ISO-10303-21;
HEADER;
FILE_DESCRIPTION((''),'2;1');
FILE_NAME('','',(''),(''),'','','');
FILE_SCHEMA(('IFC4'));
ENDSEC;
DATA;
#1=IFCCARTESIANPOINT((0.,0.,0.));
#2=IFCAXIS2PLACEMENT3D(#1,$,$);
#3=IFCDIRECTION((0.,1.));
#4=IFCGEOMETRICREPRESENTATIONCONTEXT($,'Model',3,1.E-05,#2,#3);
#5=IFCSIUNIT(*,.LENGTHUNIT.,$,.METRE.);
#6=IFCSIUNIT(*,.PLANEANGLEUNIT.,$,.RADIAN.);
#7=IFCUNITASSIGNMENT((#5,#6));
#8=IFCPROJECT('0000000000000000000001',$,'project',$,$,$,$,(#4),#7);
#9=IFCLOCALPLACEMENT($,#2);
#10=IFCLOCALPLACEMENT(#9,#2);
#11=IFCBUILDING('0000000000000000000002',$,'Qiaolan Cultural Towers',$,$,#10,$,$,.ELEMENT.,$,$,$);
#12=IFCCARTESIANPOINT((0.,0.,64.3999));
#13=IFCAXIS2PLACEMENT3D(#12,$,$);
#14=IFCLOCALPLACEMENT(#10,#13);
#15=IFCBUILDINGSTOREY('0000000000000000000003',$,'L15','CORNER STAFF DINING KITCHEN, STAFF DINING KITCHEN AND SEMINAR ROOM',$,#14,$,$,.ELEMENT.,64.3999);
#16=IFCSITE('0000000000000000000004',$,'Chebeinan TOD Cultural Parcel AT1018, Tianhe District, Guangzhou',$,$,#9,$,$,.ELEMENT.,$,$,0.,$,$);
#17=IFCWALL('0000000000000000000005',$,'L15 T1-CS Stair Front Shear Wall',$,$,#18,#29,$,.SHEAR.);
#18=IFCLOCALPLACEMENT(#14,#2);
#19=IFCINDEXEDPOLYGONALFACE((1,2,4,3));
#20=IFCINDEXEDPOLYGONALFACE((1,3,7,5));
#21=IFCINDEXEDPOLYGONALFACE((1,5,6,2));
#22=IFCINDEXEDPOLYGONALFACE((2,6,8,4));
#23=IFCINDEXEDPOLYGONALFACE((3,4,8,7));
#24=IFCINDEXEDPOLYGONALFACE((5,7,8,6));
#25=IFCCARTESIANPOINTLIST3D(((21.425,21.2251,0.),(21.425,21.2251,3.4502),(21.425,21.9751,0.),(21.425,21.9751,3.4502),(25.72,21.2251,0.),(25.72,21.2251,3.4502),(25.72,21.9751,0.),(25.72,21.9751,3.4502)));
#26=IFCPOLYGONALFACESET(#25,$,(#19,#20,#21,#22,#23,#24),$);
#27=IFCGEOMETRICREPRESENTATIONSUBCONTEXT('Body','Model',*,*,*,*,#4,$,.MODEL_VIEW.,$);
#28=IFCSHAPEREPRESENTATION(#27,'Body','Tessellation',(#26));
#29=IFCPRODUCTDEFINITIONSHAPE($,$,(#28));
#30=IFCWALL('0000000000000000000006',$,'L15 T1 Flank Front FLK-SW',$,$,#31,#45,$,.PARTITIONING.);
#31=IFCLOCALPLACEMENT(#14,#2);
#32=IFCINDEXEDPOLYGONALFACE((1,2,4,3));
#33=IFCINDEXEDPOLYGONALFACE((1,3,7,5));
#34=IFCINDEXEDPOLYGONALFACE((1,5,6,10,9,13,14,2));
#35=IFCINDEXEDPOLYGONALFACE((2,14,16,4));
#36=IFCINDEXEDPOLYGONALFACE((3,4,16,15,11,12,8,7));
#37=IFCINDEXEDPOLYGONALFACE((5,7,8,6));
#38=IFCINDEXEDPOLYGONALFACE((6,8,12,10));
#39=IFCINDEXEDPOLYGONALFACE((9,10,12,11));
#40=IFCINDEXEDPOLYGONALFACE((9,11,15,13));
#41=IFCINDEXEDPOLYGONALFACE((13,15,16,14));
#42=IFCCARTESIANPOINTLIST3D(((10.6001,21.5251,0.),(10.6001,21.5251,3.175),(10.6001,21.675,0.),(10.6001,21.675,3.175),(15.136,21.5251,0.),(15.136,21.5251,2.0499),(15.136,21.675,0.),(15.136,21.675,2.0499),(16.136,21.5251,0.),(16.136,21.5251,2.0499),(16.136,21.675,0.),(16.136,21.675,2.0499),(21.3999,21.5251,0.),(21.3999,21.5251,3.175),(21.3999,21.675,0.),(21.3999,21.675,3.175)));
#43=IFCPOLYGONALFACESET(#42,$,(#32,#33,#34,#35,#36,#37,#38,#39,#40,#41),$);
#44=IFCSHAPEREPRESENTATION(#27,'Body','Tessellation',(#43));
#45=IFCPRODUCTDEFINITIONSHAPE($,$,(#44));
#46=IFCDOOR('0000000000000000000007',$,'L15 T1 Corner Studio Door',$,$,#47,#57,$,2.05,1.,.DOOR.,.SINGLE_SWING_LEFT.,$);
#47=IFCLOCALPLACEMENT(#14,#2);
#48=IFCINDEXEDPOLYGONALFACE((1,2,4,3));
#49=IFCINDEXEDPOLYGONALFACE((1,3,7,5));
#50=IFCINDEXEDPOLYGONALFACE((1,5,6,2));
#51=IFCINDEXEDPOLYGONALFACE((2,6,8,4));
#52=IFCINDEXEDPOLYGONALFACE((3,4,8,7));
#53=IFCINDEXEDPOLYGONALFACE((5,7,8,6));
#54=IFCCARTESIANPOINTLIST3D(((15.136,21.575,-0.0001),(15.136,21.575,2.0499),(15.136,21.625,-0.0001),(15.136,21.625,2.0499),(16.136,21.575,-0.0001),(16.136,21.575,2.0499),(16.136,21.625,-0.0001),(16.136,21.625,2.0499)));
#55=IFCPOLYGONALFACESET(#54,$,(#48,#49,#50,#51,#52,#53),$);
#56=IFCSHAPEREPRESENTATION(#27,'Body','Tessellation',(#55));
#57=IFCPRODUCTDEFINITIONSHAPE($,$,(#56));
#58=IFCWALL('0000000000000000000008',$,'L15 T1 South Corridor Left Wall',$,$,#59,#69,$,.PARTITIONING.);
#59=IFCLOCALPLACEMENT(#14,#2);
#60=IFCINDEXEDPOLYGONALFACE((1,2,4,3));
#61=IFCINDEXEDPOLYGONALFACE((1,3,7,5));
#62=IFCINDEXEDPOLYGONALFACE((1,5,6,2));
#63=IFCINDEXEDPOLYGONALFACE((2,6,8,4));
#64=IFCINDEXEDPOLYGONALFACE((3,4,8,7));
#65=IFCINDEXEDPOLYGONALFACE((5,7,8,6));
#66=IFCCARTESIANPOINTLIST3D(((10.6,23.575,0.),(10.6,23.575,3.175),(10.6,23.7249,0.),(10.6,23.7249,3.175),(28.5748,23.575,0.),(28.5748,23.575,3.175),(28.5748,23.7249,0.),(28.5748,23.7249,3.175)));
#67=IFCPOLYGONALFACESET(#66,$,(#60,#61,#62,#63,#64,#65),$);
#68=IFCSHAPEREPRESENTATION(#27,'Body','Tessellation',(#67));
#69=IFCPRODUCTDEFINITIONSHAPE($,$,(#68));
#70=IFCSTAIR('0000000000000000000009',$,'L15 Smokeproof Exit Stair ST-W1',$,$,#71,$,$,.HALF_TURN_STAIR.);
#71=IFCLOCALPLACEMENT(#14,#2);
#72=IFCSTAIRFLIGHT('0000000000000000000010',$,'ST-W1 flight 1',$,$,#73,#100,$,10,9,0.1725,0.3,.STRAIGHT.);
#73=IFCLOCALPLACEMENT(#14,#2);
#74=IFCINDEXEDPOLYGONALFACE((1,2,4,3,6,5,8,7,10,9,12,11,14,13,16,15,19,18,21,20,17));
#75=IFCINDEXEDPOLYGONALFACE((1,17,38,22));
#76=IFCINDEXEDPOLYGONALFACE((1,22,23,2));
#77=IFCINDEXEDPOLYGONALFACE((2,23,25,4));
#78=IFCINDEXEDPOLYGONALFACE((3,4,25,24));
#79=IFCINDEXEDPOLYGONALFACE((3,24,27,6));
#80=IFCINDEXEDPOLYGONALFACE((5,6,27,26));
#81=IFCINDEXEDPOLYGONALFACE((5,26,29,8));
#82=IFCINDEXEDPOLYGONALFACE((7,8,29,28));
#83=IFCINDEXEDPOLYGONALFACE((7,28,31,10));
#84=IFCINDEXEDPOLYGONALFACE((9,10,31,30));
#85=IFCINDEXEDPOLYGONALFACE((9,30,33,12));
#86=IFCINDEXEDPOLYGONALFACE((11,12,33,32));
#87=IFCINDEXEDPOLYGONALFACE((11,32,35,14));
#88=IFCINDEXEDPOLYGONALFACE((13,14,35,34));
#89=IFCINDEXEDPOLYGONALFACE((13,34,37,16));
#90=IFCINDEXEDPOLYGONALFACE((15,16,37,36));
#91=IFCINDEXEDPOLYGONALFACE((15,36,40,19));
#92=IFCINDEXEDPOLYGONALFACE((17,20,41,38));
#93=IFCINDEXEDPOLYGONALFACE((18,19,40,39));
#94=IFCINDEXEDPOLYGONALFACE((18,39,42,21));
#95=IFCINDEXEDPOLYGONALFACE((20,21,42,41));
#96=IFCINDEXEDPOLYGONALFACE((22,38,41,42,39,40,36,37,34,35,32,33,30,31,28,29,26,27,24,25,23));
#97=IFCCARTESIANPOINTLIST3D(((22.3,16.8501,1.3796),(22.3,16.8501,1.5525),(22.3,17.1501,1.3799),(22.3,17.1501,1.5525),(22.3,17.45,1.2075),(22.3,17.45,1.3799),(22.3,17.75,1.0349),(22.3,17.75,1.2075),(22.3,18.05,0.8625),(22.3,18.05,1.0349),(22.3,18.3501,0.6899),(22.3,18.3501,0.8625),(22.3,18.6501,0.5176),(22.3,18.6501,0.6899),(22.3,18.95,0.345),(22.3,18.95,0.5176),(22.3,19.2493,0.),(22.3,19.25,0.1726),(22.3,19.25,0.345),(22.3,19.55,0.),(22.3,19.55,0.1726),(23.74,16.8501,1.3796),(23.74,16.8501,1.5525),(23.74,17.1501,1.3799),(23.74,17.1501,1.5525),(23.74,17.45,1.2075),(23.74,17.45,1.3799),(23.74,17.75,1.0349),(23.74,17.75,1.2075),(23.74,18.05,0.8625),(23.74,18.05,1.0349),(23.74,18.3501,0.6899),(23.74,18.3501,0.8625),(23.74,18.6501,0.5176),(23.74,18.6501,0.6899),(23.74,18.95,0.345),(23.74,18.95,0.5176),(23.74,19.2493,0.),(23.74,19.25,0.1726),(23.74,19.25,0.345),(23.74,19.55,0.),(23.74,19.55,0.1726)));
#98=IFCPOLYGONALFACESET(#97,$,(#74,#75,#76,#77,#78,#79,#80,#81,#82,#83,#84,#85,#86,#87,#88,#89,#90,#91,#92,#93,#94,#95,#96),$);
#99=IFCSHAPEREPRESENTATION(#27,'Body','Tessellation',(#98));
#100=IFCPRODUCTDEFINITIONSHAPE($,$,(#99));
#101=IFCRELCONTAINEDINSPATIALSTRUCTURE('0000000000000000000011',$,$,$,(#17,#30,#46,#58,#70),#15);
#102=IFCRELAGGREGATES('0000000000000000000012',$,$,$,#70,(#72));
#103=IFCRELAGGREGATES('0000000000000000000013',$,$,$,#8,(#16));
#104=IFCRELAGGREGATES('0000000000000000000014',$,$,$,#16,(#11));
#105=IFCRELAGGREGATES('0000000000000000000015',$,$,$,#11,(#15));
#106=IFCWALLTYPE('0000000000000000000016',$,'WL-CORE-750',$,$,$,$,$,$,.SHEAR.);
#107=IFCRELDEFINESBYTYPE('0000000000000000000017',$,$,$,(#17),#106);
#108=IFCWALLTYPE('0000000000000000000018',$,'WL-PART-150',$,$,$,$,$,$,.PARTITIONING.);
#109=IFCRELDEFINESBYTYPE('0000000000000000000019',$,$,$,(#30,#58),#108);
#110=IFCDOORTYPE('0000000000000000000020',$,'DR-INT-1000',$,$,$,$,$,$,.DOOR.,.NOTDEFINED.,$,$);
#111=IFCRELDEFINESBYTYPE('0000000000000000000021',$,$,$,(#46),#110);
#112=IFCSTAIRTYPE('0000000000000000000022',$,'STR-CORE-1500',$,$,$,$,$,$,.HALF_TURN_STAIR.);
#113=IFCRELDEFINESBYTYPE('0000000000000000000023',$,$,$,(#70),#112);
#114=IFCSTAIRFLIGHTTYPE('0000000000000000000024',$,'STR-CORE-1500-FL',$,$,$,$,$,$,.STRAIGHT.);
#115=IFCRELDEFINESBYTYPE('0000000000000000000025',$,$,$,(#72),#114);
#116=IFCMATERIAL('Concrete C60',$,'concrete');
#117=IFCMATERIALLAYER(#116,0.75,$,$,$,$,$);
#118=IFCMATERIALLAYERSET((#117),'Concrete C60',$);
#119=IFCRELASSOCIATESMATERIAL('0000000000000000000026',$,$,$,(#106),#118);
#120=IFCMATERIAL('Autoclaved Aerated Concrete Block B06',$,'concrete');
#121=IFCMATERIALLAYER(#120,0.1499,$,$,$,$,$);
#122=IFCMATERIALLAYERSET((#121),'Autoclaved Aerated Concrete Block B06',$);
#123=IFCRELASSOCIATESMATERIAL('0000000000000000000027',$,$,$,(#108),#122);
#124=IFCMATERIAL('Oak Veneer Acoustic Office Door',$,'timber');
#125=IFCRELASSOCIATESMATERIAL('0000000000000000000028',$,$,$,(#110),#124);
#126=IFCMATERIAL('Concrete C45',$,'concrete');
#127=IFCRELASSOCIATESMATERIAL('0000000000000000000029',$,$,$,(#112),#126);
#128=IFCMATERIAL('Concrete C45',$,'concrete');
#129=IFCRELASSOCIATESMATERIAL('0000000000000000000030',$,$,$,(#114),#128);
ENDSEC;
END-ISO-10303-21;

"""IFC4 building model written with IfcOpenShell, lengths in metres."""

from ifc_helpers import new_model, si_unit, direction, frame, frame_2d, origin, place, context, subcontext, project, spatial, polyline, rectangle, outline, extrude, material, layer, layer_set, type_object, element, fill, aggregate, save


model = new_model("IFC4")

# Units and contexts
model_context = context("Model", 3, precision=1e-05, world=origin(), true_north=direction((0.0, 1.0)))
body_context = subcontext(model_context, "Body", "Model", "MODEL_VIEW")
ifc_project = project(units=[si_unit("LENGTHUNIT", "METRE"), si_unit("PLANEANGLEUNIT", "RADIAN")], contexts=[model_context])

# Site, building, storey
site_placement = place(None, origin())
site = spatial("IfcSite", under=ifc_project, at=site_placement, Name="Chebeinan TOD Cultural Parcel AT1018, Tianhe District, Guangzhou", CompositionType="ELEMENT", RefElevation=0.0)
building_placement = place(site_placement, origin())
building = spatial("IfcBuilding", under=site, at=building_placement, Name="Qiaolan Cultural Towers", CompositionType="ELEMENT")
storey_placement = place(building_placement, frame((0.0, 0.0, 64.3999)))
storey = spatial("IfcBuildingStorey", under=building, at=storey_placement, Name="L15", Description="CORNER STAFF DINING KITCHEN, STAFF DINING KITCHEN AND SEMINAR ROOM", CompositionType="ELEMENT", Elevation=64.3999)

# Wall
ifc_material_1 = material(Name="Concrete C60", Category="concrete")
ifc_layer_1 = layer(ifc_material_1, 0.75)
ifc_layer_set_1 = layer_set([ifc_layer_1], Name="Concrete C60")
wall_type_1 = type_object("IfcWallType", Name="WL-CORE-750", PredefinedType="SHEAR", material=ifc_layer_set_1)
wall_1_placement = place(storey_placement, frame((21.425, 21.6001, 0.0), z_axis=(0.0, 0.0, 1.0), x_axis=(1.0, 0.0, 0.0)))
element("IfcWall", 1, at=wall_1_placement, inside=storey, type_object=wall_type_1, Name="L15 T1-CS Stair Front Shear Wall", PredefinedType="SHEAR", context=body_context, shape_type="SweptSolid", body=[
    extrude(rectangle(XDim=4.2949, YDim=0.75, at=frame_2d((2.1475, 0.0))), origin(), (0.0, 0.0, 1.0), 3.4502),
])

# Wall, opening, door
ifc_material_2 = material(Name="Autoclaved Aerated Concrete Block B06", Category="concrete")
ifc_layer_2 = layer(ifc_material_2, 0.1499)
ifc_layer_set_2 = layer_set([ifc_layer_2], Name="Autoclaved Aerated Concrete Block B06")
wall_type_2 = type_object("IfcWallType", Name="WL-PART-150", PredefinedType="PARTITIONING", material=ifc_layer_set_2)
wall_2_placement = place(storey_placement, frame((10.6001, 21.6001, 0.0), z_axis=(0.0, 0.0, 1.0), x_axis=(1.0, 0.0, 0.0)))
wall_2 = element("IfcWall", 2, at=wall_2_placement, inside=storey, type_object=wall_type_2, Name="L15 T1 Flank Front FLK-SW", PredefinedType="PARTITIONING", context=body_context, shape_type="SweptSolid", body=[
    extrude(rectangle(XDim=10.7998, YDim=0.1499, at=frame_2d((5.3999, 0.0))), origin(), (0.0, 0.0, 1.0), 3.175),
])
opening_placement = place(wall_2_placement, frame((4.5359, 0.0, 0.0)))
opening = element("IfcOpeningElement", 3, at=opening_placement, cuts=wall_2, PredefinedType="OPENING", context=body_context, shape_type="SweptSolid", body=[
    extrude(rectangle(XDim=1.0, YDim=2.05, at=frame_2d((0.5, 1.0249))), frame((0.0, 0.085, 0.0), z_axis=(0.0, -1.0, 0.0), x_axis=(1.0, 0.0, 0.0)), (0.0, 0.0, 1.0), 0.1699),
])
ifc_material_3 = material(Name="Oak Veneer Acoustic Office Door", Category="timber")
door_type = type_object("IfcDoorType", Name="DR-INT-1000", OperationType="NOTDEFINED", PredefinedType="DOOR", material=ifc_material_3)
door_placement = place(opening_placement, origin())
door = element("IfcDoor", 4, at=door_placement, inside=storey, type_object=door_type, Name="L15 T1 Corner Studio Door", OperationType="SINGLE_SWING_LEFT", OverallHeight=2.05, OverallWidth=1.0, PredefinedType="DOOR", context=body_context, shape_type="SweptSolid", body=[
    extrude(rectangle(XDim=1.0, YDim=2.05, at=frame_2d((0.5, 1.0249))), frame((0.0, 0.0249, 0.0), z_axis=(0.0, -1.0, 0.0), x_axis=(1.0, 0.0, 0.0)), (0.0, 0.0, 1.0), 0.05),
])
fill(opening, door)

# Wall
wall_3_placement = place(storey_placement, frame((10.6001, 23.6499, 0.0), z_axis=(0.0, 0.0, 1.0), x_axis=(1.0, 0.0, 0.0)))
element("IfcWall", 5, at=wall_3_placement, inside=storey, type_object=wall_type_2, Name="L15 T1 South Corridor Left Wall", PredefinedType="PARTITIONING", context=body_context, shape_type="SweptSolid", body=[
    extrude(rectangle(XDim=17.9749, YDim=0.1499, at=frame_2d((8.9873, 0.0))), origin(), (0.0, 0.0, 1.0), 3.175),
])

# Stair, stair flight
ifc_material_4 = material(Name="Concrete C45", Category="concrete")
stair_type = type_object("IfcStairType", Name="STR-CORE-1500", PredefinedType="HALF_TURN_STAIR", material=ifc_material_4)
stair_placement = place(storey_placement, origin())
stair = element("IfcStair", 6, at=stair_placement, inside=storey, type_object=stair_type, Name="L15 Smokeproof Exit Stair ST-W1", PredefinedType="HALF_TURN_STAIR")
ifc_material_5 = material(Name="Concrete C45", Category="concrete")
stair_flight_type = type_object("IfcStairFlightType", Name="STR-CORE-1500-FL", PredefinedType="STRAIGHT", material=ifc_material_5)
stair_flight_placement = place(storey_placement, frame((23.02, 19.55, 0.0), z_axis=(0.0, 0.0, 1.0), x_axis=(0.0, -1.0, 0.0)))
stair_flight = element("IfcStairFlight", 7, at=stair_flight_placement, type_object=stair_flight_type, Name="ST-W1 flight 1", NumberOfRisers=10, NumberOfTreads=9, PredefinedType="STRAIGHT", RiserHeight=0.1725, TreadLength=0.3, context=body_context, shape_type="SweptSolid", body=[
    extrude(outline(polyline([(0.0, 0.0), (0.0, 0.1726), (0.3, 0.1726), (0.3, 0.345), (0.6001, 0.345), (0.6001, 0.5176), (0.8999, 0.5176), (0.8999, 0.6899), (1.2, 0.6899), (1.2, 0.8625), (1.5, 0.8625), (1.5, 1.0349), (1.8, 1.0349), (1.8, 1.2075), (2.1001, 1.2075), (2.1001, 1.3799), (2.3999, 1.3799), (2.3999, 1.5525), (2.7, 1.5525), (2.7, 1.7251), (2.7, 1.3796), (0.3008, 0.0), (0.0, 0.0)])), frame((0.0, 0.72, 0.0), z_axis=(0.0, -1.0, 0.0), x_axis=(1.0, 0.0, 0.0)), (0.0, 0.0, 1.0), 1.4399),
])
aggregate(stair, [stair_flight])

save(model, "model.ifc")
